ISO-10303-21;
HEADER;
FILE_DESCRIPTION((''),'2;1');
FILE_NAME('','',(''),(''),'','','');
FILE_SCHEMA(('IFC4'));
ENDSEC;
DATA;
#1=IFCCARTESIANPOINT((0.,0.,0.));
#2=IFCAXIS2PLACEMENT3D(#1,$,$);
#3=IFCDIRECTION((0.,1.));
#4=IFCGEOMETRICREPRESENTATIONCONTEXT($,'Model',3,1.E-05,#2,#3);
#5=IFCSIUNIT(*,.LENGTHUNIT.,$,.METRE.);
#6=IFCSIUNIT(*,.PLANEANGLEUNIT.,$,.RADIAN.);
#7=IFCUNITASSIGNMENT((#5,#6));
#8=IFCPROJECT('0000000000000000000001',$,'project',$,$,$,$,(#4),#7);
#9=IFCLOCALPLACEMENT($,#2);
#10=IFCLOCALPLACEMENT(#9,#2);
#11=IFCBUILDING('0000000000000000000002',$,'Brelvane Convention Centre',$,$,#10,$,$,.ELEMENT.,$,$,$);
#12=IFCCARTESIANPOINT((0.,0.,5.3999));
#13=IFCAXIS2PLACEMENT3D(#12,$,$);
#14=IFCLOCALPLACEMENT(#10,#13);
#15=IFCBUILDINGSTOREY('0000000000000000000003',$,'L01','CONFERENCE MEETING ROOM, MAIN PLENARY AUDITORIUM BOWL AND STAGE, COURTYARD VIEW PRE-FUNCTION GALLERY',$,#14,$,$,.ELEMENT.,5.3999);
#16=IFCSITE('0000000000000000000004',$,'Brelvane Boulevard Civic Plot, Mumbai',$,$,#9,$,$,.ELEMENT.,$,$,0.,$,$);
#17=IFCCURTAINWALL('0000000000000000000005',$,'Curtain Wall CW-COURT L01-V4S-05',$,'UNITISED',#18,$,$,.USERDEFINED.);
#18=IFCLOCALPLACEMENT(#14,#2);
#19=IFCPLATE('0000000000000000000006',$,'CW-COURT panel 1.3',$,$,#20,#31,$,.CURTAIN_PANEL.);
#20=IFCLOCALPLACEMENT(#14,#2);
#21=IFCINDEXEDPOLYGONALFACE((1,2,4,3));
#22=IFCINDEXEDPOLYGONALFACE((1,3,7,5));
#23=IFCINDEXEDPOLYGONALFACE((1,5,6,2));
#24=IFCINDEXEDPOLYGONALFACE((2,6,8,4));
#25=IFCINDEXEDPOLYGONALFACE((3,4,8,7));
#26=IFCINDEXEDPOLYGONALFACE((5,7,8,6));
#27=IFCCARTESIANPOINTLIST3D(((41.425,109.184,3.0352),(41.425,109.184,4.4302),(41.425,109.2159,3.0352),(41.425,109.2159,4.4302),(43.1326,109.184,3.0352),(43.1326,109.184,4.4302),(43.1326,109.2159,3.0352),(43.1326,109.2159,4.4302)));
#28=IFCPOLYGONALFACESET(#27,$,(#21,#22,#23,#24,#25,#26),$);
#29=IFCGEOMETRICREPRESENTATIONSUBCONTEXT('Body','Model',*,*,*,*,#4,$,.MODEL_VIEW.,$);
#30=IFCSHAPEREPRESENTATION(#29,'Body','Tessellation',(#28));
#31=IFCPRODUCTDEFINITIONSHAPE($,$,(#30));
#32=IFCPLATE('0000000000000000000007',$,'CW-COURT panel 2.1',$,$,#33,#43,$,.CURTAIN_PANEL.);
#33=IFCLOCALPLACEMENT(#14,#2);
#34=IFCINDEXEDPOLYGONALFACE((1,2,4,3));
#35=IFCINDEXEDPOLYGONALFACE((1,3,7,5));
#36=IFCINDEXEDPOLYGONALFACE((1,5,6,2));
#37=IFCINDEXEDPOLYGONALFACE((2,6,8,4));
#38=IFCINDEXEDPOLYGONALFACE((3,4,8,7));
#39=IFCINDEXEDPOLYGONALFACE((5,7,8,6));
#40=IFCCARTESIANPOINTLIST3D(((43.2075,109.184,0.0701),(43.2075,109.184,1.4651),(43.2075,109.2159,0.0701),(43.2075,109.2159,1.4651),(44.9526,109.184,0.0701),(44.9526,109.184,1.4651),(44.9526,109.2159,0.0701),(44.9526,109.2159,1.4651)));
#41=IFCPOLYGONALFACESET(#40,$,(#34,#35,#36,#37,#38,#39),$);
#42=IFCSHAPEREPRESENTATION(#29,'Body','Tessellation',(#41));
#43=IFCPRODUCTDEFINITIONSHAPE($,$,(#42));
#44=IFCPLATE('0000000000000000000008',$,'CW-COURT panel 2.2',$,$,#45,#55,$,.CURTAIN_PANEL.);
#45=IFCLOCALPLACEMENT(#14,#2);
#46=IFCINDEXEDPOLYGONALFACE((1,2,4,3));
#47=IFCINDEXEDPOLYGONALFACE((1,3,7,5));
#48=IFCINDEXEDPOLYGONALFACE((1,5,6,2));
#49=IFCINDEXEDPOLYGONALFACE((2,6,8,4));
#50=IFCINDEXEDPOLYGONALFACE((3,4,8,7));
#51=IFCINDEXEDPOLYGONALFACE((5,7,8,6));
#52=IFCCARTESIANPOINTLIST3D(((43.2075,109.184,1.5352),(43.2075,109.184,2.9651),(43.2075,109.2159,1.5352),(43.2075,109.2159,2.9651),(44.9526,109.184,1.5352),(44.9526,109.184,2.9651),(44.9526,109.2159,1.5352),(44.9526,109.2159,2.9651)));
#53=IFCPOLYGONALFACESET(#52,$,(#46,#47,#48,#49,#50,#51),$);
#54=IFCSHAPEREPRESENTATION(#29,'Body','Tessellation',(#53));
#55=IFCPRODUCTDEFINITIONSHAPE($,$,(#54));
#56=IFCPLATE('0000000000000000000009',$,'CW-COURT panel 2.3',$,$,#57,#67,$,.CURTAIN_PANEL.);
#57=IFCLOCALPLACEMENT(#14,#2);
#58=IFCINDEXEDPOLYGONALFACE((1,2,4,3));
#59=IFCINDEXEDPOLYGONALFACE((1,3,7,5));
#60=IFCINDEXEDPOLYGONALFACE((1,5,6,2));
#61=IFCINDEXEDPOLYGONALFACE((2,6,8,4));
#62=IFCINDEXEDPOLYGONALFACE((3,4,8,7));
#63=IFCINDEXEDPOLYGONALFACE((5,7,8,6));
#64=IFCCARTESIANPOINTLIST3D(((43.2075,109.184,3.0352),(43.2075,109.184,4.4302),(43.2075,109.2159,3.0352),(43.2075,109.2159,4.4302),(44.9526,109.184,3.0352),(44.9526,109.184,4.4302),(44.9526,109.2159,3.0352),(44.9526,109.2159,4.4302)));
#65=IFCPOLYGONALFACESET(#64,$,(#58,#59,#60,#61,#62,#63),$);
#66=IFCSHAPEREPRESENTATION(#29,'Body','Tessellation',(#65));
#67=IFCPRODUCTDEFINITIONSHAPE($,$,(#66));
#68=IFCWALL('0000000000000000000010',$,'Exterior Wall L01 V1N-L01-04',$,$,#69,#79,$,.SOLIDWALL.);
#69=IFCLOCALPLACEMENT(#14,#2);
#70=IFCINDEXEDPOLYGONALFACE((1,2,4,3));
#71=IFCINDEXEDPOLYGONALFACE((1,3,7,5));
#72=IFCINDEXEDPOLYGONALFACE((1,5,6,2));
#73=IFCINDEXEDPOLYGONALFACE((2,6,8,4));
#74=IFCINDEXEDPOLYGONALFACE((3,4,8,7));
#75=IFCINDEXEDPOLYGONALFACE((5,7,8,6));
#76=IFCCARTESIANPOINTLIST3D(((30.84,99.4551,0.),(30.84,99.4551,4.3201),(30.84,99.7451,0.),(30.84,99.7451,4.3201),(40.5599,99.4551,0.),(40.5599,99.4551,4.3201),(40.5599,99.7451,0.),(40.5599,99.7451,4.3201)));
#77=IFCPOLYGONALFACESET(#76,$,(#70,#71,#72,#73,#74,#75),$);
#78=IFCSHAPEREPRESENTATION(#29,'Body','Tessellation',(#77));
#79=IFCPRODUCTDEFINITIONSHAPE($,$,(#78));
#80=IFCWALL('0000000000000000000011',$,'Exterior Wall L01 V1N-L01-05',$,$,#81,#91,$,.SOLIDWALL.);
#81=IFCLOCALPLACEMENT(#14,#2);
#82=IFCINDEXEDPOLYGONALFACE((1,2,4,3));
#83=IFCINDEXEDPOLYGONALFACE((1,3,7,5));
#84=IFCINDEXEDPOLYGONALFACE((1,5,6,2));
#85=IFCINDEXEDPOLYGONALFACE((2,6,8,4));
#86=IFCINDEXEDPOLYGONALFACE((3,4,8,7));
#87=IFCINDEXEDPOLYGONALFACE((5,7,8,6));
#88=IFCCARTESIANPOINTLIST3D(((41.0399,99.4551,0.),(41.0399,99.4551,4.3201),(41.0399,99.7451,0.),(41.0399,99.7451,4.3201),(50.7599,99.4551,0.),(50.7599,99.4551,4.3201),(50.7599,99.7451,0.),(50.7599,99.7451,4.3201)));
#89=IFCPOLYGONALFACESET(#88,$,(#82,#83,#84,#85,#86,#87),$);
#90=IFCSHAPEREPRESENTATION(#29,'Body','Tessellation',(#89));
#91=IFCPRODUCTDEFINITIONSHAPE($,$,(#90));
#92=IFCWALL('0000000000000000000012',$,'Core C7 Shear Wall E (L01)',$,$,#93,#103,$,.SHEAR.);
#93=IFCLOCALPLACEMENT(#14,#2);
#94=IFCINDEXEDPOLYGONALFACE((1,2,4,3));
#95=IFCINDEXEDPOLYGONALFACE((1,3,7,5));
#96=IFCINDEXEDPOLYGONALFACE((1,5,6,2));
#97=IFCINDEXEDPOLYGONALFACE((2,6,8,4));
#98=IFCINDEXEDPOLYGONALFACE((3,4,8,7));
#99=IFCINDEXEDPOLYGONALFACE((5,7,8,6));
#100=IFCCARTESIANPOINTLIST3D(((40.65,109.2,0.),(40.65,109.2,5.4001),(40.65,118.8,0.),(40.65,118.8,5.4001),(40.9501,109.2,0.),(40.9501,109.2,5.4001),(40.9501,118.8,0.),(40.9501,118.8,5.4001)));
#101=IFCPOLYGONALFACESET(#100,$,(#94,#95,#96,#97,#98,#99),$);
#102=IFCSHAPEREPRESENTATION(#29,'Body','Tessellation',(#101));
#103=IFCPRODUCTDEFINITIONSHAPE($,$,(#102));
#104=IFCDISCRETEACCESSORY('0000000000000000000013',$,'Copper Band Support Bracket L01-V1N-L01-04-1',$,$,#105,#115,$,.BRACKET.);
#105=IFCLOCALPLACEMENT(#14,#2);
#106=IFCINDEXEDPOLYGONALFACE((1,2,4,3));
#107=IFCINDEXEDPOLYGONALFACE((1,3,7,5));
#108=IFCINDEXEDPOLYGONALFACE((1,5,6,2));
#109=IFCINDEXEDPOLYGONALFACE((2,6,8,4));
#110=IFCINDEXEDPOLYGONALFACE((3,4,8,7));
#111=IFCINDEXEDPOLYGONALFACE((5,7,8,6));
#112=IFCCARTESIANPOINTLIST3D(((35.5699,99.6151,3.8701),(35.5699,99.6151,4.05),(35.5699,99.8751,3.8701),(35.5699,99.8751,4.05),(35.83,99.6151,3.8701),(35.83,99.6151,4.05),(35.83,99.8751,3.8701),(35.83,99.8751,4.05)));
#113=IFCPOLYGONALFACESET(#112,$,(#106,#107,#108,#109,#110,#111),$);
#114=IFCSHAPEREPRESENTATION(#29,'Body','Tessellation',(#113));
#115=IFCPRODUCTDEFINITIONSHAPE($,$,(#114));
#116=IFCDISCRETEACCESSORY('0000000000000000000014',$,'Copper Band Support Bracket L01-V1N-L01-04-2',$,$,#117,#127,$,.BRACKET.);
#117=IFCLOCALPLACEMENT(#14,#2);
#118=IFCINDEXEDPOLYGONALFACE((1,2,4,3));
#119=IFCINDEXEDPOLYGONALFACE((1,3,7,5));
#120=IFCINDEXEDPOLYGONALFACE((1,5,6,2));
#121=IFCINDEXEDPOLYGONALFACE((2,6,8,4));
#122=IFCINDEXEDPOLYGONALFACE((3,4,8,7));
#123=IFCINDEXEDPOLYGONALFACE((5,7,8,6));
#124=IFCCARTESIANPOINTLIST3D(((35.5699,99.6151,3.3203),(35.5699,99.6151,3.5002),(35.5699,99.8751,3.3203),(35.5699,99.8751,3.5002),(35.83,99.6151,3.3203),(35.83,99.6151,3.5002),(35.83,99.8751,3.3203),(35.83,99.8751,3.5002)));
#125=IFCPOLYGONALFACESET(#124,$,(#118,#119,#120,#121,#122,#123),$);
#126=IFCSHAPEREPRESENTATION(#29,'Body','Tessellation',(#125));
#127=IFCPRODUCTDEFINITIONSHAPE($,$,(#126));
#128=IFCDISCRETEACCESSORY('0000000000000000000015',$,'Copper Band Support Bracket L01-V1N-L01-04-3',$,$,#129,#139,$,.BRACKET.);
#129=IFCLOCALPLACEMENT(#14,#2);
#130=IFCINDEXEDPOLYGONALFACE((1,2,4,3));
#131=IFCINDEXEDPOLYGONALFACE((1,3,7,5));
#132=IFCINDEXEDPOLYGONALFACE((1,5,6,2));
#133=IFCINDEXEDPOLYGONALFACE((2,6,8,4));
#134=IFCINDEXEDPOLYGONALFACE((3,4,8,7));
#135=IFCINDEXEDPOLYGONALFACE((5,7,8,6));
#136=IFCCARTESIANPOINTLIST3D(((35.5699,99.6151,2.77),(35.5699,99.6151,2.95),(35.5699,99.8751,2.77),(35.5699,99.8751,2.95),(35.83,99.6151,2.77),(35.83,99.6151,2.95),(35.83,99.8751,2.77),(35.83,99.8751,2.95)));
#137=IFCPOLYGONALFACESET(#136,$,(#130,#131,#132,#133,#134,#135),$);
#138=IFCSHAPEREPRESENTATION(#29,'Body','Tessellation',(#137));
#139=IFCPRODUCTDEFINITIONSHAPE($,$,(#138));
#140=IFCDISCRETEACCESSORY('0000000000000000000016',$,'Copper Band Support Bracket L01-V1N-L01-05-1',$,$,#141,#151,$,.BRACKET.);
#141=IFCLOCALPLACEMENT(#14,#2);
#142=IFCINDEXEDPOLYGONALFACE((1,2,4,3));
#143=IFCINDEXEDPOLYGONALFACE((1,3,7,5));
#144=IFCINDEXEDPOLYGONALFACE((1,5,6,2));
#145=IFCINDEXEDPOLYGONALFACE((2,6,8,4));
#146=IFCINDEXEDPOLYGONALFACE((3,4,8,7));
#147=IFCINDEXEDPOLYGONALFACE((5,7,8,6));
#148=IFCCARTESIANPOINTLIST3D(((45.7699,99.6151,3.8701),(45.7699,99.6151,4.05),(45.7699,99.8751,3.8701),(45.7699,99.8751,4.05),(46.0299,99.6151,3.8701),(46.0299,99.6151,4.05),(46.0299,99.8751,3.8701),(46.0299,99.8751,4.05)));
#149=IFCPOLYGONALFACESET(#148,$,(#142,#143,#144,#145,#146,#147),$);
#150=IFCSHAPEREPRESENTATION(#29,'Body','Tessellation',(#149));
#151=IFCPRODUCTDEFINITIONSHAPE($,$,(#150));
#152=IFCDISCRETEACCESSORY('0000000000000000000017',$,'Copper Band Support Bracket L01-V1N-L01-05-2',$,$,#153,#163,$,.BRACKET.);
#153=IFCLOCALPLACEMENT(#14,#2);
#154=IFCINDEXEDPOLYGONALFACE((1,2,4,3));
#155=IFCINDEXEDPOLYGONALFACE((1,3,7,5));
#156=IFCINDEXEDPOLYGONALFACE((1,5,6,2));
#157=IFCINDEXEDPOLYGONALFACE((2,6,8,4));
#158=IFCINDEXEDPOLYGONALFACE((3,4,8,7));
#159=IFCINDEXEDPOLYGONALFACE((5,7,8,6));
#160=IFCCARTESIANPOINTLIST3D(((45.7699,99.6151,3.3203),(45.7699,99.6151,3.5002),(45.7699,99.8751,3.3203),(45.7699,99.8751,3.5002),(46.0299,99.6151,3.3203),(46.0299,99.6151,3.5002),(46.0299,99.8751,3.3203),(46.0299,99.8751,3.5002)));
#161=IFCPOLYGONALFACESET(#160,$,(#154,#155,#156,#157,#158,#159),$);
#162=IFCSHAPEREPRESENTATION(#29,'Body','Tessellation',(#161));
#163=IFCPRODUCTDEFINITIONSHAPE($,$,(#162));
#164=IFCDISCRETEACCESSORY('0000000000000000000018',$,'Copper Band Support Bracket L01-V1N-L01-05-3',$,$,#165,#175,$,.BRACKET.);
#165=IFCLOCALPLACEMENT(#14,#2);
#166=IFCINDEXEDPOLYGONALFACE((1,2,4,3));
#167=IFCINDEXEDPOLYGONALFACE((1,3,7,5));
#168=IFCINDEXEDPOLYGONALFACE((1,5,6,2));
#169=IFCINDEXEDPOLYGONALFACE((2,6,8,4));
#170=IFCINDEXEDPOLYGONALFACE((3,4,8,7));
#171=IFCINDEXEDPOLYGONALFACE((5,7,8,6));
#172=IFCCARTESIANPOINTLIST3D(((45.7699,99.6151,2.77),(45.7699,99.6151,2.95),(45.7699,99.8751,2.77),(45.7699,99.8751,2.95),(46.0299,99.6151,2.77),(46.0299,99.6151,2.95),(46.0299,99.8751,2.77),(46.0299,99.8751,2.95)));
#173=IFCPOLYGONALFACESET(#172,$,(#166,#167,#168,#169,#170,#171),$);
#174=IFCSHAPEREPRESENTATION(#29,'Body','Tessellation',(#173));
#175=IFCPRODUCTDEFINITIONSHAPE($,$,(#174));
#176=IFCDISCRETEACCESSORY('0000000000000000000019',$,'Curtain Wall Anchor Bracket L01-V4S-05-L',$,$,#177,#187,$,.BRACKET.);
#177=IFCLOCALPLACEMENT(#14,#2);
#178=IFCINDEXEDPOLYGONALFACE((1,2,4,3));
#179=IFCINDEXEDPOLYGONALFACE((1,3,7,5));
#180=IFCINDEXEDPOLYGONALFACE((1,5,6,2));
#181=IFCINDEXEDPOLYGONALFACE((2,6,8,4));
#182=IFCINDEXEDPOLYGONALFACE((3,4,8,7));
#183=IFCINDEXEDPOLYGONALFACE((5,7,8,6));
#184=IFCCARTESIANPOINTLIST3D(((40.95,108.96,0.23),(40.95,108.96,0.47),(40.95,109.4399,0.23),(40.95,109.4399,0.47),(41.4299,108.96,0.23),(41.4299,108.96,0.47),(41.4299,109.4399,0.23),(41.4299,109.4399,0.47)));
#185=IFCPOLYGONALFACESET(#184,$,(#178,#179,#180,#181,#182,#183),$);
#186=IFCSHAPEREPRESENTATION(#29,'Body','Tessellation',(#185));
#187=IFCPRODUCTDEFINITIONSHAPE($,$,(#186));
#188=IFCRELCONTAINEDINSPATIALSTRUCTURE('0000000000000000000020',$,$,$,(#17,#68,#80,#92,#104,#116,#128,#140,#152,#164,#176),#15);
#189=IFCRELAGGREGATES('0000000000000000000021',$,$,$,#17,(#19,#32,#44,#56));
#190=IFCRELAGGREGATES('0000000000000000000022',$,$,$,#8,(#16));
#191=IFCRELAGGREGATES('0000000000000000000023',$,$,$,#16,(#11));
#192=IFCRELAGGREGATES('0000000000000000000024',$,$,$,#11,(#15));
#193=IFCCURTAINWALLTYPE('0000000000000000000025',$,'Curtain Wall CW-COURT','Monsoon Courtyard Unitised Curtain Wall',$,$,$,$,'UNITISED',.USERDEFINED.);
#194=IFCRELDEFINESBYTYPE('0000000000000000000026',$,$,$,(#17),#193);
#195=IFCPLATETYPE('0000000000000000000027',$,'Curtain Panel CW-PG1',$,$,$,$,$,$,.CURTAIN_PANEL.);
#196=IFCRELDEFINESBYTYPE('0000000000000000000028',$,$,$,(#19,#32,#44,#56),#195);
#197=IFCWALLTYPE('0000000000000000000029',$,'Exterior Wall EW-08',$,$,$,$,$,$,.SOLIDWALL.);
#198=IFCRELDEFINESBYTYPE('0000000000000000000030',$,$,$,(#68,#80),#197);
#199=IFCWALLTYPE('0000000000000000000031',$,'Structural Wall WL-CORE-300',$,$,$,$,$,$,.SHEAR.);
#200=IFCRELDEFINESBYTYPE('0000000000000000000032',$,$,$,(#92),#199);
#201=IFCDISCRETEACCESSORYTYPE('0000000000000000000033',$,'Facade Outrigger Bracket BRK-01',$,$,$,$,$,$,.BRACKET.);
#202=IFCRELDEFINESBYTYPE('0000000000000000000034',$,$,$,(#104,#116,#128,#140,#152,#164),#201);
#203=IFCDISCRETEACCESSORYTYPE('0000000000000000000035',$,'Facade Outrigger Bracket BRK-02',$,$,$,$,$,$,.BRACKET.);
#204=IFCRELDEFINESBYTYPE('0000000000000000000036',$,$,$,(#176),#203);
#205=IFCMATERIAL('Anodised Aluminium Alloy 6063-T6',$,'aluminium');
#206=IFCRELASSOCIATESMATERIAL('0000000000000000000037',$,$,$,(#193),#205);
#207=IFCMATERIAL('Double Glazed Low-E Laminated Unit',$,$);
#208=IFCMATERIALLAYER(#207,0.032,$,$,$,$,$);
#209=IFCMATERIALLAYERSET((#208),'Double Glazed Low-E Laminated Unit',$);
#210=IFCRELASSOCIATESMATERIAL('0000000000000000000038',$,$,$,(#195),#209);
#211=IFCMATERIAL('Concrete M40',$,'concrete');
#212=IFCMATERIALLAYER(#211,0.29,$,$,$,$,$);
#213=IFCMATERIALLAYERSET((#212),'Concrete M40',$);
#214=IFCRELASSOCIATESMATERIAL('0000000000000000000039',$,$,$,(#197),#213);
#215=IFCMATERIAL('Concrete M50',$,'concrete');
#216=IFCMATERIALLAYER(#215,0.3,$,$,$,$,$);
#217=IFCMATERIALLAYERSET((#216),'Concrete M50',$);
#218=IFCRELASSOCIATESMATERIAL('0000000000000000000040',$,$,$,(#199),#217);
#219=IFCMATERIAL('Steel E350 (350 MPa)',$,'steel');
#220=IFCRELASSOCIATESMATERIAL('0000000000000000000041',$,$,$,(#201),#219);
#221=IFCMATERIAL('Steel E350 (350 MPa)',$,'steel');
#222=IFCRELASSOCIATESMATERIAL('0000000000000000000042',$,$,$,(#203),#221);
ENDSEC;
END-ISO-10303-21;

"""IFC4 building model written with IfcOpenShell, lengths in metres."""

from ifc_helpers import new_model, si_unit, direction, frame, frame_2d, origin, origin_2d, place, context, subcontext, project, spatial, rectangle, extrude, material, layer, layer_set, type_object, element, aggregate, save


model = new_model("IFC4")

# Units and contexts
model_context = context("Model", 3, precision=1e-05, world=origin(), true_north=direction((0.0, 1.0)))
body_context = subcontext(model_context, "Body", "Model", "MODEL_VIEW")
ifc_project = project(units=[si_unit("LENGTHUNIT", "METRE"), si_unit("PLANEANGLEUNIT", "RADIAN")], contexts=[model_context])

# Site, building, storey
site_placement = place(None, origin())
site = spatial("IfcSite", under=ifc_project, at=site_placement, Name="Brelvane Boulevard Civic Plot, Mumbai", CompositionType="ELEMENT", RefElevation=0.0)
building_placement = place(site_placement, origin())
building = spatial("IfcBuilding", under=site, at=building_placement, Name="Brelvane Convention Centre", CompositionType="ELEMENT")
storey_placement = place(building_placement, frame((0.0, 0.0, 5.3999)))
storey = spatial("IfcBuildingStorey", under=building, at=storey_placement, Name="L01", Description="CONFERENCE MEETING ROOM, MAIN PLENARY AUDITORIUM BOWL AND STAGE, COURTYARD VIEW PRE-FUNCTION GALLERY", CompositionType="ELEMENT", Elevation=5.3999)

# Curtain wall
ifc_material_1 = material(Name="Anodised Aluminium Alloy 6063-T6", Category="aluminium")
curtain_wall_type = type_object("IfcCurtainWallType", Name="Curtain Wall CW-COURT", Description="Monsoon Courtyard Unitised Curtain Wall", ElementType="UNITISED", PredefinedType="USERDEFINED", material=ifc_material_1)
curtain_wall_placement = place(storey_placement, origin())
curtain_wall = element("IfcCurtainWall", 1, at=curtain_wall_placement, inside=storey, type_object=curtain_wall_type, Name="Curtain Wall CW-COURT L01-V4S-05", ObjectType="UNITISED", PredefinedType="USERDEFINED")

# Plates
ifc_material_2 = material(Name="Double Glazed Low-E Laminated Unit")
ifc_layer_1 = layer(ifc_material_2, 0.032)
ifc_layer_set_1 = layer_set([ifc_layer_1], Name="Double Glazed Low-E Laminated Unit")
plate_type = type_object("IfcPlateType", Name="Curtain Panel CW-PG1", PredefinedType="CURTAIN_PANEL", material=ifc_layer_set_1)
plate_1_placement = place(storey_placement, frame((42.2788, 109.2, 3.0352), z_axis=(0.0, 0.0, 1.0), x_axis=(1.0, 0.0, 0.0)))
plate_1 = element("IfcPlate", 2, at=plate_1_placement, type_object=plate_type, Name="CW-COURT panel 1.3", PredefinedType="CURTAIN_PANEL", context=body_context, shape_type="SweptSolid", body=[
    extrude(rectangle(XDim=1.7075, YDim=0.032, at=origin_2d()), origin(), (0.0, 0.0, 1.0), 1.395),
])
plate_2_placement = place(storey_placement, frame((44.0801, 109.2, 0.0701), z_axis=(0.0, 0.0, 1.0), x_axis=(1.0, 0.0, 0.0)))
plate_2 = element("IfcPlate", 3, at=plate_2_placement, type_object=plate_type, Name="CW-COURT panel 2.1", PredefinedType="CURTAIN_PANEL", context=body_context, shape_type="SweptSolid", body=[
    extrude(rectangle(XDim=1.7451, YDim=0.032, at=origin_2d()), origin(), (0.0, 0.0, 1.0), 1.395),
])
plate_3_placement = place(storey_placement, frame((44.0801, 109.2, 1.5352), z_axis=(0.0, 0.0, 1.0), x_axis=(1.0, 0.0, 0.0)))
plate_3 = element("IfcPlate", 4, at=plate_3_placement, type_object=plate_type, Name="CW-COURT panel 2.2", PredefinedType="CURTAIN_PANEL", context=body_context, shape_type="SweptSolid", body=[
    extrude(rectangle(XDim=1.7451, YDim=0.032, at=origin_2d()), origin(), (0.0, 0.0, 1.0), 1.4299),
])
plate_4_placement = place(storey_placement, frame((44.0801, 109.2, 3.0352), z_axis=(0.0, 0.0, 1.0), x_axis=(1.0, 0.0, 0.0)))
plate_4 = element("IfcPlate", 5, at=plate_4_placement, type_object=plate_type, Name="CW-COURT panel 2.3", PredefinedType="CURTAIN_PANEL", context=body_context, shape_type="SweptSolid", body=[
    extrude(rectangle(XDim=1.7451, YDim=0.032, at=origin_2d()), origin(), (0.0, 0.0, 1.0), 1.395),
])
aggregate(curtain_wall, [plate_1, plate_2, plate_3, plate_4])

# Walls
ifc_material_3 = material(Name="Concrete M40", Category="concrete")
ifc_layer_2 = layer(ifc_material_3, 0.29)
ifc_layer_set_2 = layer_set([ifc_layer_2], Name="Concrete M40")
wall_type_1 = type_object("IfcWallType", Name="Exterior Wall EW-08", PredefinedType="SOLIDWALL", material=ifc_layer_set_2)
for number, where, z_axis, x_axis, name in (
    (6, (30.8401, 99.6001, 0.0), (0.0, 0.0, 1.0), (1.0, 0.0, 0.0), "Exterior Wall L01 V1N-L01-04"),
    (7, (41.04, 99.6001, 0.0), (0.0, 0.0, 1.0), (1.0, 0.0, 0.0), "Exterior Wall L01 V1N-L01-05"),
):
    element("IfcWall", number, at=place(storey_placement, frame(where, z_axis=z_axis, x_axis=x_axis)), inside=storey, type_object=wall_type_1, Name=name, PredefinedType="SOLIDWALL", context=body_context, shape_type="SweptSolid", body=[
        extrude(rectangle(XDim=9.72, YDim=0.29, at=frame_2d((4.8599, 0.0))), origin(), (0.0, 0.0, 1.0), 4.3201),
    ])
ifc_material_4 = material(Name="Concrete M50", Category="concrete")
ifc_layer_3 = layer(ifc_material_4, 0.3)
ifc_layer_set_3 = layer_set([ifc_layer_3], Name="Concrete M50")
wall_type_2 = type_object("IfcWallType", Name="Structural Wall WL-CORE-300", PredefinedType="SHEAR", material=ifc_layer_set_3)
wall_placement = place(storey_placement, frame((40.8, 109.2, 0.0), z_axis=(0.0, 0.0, 1.0), x_axis=(0.0, 1.0, 0.0)))
element("IfcWall", 8, at=wall_placement, inside=storey, type_object=wall_type_2, Name="Core C7 Shear Wall E (L01)", PredefinedType="SHEAR", context=body_context, shape_type="SweptSolid", body=[
    extrude(rectangle(XDim=9.6001, YDim=0.3, at=frame_2d((4.8, 0.0))), origin(), (0.0, 0.0, 1.0), 5.4001),
])

# Discrete accessories
ifc_material_5 = material(Name="Steel E350 (350 MPa)", Category="steel")
discrete_accessory_type_1 = type_object("IfcDiscreteAccessoryType", Name="Facade Outrigger Bracket BRK-01", PredefinedType="BRACKET", material=ifc_material_5)
for number, where, z_axis, x_axis, name in (
    (9, (35.7, 99.7451, 3.8701), (0.0, 0.0, 1.0), (1.0, 0.0, 0.0), "Copper Band Support Bracket L01-V1N-L01-04-1"),
    (10, (35.7, 99.7451, 3.3203), (0.0, 0.0, 1.0), (1.0, 0.0, 0.0), "Copper Band Support Bracket L01-V1N-L01-04-2"),
    (11, (35.7, 99.7451, 2.77), (0.0, 0.0, 1.0), (1.0, 0.0, 0.0), "Copper Band Support Bracket L01-V1N-L01-04-3"),
    (12, (45.8999, 99.7451, 3.8701), (0.0, 0.0, 1.0), (1.0, 0.0, 0.0), "Copper Band Support Bracket L01-V1N-L01-05-1"),
    (13, (45.8999, 99.7451, 3.3203), (0.0, 0.0, 1.0), (1.0, 0.0, 0.0), "Copper Band Support Bracket L01-V1N-L01-05-2"),
    (14, (45.8999, 99.7451, 2.77), (0.0, 0.0, 1.0), (1.0, 0.0, 0.0), "Copper Band Support Bracket L01-V1N-L01-05-3"),
):
    element("IfcDiscreteAccessory", number, at=place(storey_placement, frame(where, z_axis=z_axis, x_axis=x_axis)), inside=storey, type_object=discrete_accessory_type_1, Name=name, PredefinedType="BRACKET", context=body_context, shape_type="SweptSolid", body=[
        extrude(rectangle(XDim=0.26, YDim=0.26, at=origin_2d()), origin(), (0.0, 0.0, 1.0), 0.1799),
    ])
ifc_material_6 = material(Name="Steel E350 (350 MPa)", Category="steel")
discrete_accessory_type_2 = type_object("IfcDiscreteAccessoryType", Name="Facade Outrigger Bracket BRK-02", PredefinedType="BRACKET", material=ifc_material_6)
discrete_accessory_placement = place(storey_placement, frame((41.1899, 109.2, 0.23), z_axis=(0.0, 0.0, 1.0), x_axis=(1.0, 0.0, 0.0)))
element("IfcDiscreteAccessory", 15, at=discrete_accessory_placement, inside=storey, type_object=discrete_accessory_type_2, Name="Curtain Wall Anchor Bracket L01-V4S-05-L", PredefinedType="BRACKET", context=body_context, shape_type="SweptSolid", body=[
    extrude(rectangle(XDim=0.48, YDim=0.48, at=origin_2d()), origin(), (0.0, 0.0, 1.0), 0.24),
])

save(model, "model.ifc")
